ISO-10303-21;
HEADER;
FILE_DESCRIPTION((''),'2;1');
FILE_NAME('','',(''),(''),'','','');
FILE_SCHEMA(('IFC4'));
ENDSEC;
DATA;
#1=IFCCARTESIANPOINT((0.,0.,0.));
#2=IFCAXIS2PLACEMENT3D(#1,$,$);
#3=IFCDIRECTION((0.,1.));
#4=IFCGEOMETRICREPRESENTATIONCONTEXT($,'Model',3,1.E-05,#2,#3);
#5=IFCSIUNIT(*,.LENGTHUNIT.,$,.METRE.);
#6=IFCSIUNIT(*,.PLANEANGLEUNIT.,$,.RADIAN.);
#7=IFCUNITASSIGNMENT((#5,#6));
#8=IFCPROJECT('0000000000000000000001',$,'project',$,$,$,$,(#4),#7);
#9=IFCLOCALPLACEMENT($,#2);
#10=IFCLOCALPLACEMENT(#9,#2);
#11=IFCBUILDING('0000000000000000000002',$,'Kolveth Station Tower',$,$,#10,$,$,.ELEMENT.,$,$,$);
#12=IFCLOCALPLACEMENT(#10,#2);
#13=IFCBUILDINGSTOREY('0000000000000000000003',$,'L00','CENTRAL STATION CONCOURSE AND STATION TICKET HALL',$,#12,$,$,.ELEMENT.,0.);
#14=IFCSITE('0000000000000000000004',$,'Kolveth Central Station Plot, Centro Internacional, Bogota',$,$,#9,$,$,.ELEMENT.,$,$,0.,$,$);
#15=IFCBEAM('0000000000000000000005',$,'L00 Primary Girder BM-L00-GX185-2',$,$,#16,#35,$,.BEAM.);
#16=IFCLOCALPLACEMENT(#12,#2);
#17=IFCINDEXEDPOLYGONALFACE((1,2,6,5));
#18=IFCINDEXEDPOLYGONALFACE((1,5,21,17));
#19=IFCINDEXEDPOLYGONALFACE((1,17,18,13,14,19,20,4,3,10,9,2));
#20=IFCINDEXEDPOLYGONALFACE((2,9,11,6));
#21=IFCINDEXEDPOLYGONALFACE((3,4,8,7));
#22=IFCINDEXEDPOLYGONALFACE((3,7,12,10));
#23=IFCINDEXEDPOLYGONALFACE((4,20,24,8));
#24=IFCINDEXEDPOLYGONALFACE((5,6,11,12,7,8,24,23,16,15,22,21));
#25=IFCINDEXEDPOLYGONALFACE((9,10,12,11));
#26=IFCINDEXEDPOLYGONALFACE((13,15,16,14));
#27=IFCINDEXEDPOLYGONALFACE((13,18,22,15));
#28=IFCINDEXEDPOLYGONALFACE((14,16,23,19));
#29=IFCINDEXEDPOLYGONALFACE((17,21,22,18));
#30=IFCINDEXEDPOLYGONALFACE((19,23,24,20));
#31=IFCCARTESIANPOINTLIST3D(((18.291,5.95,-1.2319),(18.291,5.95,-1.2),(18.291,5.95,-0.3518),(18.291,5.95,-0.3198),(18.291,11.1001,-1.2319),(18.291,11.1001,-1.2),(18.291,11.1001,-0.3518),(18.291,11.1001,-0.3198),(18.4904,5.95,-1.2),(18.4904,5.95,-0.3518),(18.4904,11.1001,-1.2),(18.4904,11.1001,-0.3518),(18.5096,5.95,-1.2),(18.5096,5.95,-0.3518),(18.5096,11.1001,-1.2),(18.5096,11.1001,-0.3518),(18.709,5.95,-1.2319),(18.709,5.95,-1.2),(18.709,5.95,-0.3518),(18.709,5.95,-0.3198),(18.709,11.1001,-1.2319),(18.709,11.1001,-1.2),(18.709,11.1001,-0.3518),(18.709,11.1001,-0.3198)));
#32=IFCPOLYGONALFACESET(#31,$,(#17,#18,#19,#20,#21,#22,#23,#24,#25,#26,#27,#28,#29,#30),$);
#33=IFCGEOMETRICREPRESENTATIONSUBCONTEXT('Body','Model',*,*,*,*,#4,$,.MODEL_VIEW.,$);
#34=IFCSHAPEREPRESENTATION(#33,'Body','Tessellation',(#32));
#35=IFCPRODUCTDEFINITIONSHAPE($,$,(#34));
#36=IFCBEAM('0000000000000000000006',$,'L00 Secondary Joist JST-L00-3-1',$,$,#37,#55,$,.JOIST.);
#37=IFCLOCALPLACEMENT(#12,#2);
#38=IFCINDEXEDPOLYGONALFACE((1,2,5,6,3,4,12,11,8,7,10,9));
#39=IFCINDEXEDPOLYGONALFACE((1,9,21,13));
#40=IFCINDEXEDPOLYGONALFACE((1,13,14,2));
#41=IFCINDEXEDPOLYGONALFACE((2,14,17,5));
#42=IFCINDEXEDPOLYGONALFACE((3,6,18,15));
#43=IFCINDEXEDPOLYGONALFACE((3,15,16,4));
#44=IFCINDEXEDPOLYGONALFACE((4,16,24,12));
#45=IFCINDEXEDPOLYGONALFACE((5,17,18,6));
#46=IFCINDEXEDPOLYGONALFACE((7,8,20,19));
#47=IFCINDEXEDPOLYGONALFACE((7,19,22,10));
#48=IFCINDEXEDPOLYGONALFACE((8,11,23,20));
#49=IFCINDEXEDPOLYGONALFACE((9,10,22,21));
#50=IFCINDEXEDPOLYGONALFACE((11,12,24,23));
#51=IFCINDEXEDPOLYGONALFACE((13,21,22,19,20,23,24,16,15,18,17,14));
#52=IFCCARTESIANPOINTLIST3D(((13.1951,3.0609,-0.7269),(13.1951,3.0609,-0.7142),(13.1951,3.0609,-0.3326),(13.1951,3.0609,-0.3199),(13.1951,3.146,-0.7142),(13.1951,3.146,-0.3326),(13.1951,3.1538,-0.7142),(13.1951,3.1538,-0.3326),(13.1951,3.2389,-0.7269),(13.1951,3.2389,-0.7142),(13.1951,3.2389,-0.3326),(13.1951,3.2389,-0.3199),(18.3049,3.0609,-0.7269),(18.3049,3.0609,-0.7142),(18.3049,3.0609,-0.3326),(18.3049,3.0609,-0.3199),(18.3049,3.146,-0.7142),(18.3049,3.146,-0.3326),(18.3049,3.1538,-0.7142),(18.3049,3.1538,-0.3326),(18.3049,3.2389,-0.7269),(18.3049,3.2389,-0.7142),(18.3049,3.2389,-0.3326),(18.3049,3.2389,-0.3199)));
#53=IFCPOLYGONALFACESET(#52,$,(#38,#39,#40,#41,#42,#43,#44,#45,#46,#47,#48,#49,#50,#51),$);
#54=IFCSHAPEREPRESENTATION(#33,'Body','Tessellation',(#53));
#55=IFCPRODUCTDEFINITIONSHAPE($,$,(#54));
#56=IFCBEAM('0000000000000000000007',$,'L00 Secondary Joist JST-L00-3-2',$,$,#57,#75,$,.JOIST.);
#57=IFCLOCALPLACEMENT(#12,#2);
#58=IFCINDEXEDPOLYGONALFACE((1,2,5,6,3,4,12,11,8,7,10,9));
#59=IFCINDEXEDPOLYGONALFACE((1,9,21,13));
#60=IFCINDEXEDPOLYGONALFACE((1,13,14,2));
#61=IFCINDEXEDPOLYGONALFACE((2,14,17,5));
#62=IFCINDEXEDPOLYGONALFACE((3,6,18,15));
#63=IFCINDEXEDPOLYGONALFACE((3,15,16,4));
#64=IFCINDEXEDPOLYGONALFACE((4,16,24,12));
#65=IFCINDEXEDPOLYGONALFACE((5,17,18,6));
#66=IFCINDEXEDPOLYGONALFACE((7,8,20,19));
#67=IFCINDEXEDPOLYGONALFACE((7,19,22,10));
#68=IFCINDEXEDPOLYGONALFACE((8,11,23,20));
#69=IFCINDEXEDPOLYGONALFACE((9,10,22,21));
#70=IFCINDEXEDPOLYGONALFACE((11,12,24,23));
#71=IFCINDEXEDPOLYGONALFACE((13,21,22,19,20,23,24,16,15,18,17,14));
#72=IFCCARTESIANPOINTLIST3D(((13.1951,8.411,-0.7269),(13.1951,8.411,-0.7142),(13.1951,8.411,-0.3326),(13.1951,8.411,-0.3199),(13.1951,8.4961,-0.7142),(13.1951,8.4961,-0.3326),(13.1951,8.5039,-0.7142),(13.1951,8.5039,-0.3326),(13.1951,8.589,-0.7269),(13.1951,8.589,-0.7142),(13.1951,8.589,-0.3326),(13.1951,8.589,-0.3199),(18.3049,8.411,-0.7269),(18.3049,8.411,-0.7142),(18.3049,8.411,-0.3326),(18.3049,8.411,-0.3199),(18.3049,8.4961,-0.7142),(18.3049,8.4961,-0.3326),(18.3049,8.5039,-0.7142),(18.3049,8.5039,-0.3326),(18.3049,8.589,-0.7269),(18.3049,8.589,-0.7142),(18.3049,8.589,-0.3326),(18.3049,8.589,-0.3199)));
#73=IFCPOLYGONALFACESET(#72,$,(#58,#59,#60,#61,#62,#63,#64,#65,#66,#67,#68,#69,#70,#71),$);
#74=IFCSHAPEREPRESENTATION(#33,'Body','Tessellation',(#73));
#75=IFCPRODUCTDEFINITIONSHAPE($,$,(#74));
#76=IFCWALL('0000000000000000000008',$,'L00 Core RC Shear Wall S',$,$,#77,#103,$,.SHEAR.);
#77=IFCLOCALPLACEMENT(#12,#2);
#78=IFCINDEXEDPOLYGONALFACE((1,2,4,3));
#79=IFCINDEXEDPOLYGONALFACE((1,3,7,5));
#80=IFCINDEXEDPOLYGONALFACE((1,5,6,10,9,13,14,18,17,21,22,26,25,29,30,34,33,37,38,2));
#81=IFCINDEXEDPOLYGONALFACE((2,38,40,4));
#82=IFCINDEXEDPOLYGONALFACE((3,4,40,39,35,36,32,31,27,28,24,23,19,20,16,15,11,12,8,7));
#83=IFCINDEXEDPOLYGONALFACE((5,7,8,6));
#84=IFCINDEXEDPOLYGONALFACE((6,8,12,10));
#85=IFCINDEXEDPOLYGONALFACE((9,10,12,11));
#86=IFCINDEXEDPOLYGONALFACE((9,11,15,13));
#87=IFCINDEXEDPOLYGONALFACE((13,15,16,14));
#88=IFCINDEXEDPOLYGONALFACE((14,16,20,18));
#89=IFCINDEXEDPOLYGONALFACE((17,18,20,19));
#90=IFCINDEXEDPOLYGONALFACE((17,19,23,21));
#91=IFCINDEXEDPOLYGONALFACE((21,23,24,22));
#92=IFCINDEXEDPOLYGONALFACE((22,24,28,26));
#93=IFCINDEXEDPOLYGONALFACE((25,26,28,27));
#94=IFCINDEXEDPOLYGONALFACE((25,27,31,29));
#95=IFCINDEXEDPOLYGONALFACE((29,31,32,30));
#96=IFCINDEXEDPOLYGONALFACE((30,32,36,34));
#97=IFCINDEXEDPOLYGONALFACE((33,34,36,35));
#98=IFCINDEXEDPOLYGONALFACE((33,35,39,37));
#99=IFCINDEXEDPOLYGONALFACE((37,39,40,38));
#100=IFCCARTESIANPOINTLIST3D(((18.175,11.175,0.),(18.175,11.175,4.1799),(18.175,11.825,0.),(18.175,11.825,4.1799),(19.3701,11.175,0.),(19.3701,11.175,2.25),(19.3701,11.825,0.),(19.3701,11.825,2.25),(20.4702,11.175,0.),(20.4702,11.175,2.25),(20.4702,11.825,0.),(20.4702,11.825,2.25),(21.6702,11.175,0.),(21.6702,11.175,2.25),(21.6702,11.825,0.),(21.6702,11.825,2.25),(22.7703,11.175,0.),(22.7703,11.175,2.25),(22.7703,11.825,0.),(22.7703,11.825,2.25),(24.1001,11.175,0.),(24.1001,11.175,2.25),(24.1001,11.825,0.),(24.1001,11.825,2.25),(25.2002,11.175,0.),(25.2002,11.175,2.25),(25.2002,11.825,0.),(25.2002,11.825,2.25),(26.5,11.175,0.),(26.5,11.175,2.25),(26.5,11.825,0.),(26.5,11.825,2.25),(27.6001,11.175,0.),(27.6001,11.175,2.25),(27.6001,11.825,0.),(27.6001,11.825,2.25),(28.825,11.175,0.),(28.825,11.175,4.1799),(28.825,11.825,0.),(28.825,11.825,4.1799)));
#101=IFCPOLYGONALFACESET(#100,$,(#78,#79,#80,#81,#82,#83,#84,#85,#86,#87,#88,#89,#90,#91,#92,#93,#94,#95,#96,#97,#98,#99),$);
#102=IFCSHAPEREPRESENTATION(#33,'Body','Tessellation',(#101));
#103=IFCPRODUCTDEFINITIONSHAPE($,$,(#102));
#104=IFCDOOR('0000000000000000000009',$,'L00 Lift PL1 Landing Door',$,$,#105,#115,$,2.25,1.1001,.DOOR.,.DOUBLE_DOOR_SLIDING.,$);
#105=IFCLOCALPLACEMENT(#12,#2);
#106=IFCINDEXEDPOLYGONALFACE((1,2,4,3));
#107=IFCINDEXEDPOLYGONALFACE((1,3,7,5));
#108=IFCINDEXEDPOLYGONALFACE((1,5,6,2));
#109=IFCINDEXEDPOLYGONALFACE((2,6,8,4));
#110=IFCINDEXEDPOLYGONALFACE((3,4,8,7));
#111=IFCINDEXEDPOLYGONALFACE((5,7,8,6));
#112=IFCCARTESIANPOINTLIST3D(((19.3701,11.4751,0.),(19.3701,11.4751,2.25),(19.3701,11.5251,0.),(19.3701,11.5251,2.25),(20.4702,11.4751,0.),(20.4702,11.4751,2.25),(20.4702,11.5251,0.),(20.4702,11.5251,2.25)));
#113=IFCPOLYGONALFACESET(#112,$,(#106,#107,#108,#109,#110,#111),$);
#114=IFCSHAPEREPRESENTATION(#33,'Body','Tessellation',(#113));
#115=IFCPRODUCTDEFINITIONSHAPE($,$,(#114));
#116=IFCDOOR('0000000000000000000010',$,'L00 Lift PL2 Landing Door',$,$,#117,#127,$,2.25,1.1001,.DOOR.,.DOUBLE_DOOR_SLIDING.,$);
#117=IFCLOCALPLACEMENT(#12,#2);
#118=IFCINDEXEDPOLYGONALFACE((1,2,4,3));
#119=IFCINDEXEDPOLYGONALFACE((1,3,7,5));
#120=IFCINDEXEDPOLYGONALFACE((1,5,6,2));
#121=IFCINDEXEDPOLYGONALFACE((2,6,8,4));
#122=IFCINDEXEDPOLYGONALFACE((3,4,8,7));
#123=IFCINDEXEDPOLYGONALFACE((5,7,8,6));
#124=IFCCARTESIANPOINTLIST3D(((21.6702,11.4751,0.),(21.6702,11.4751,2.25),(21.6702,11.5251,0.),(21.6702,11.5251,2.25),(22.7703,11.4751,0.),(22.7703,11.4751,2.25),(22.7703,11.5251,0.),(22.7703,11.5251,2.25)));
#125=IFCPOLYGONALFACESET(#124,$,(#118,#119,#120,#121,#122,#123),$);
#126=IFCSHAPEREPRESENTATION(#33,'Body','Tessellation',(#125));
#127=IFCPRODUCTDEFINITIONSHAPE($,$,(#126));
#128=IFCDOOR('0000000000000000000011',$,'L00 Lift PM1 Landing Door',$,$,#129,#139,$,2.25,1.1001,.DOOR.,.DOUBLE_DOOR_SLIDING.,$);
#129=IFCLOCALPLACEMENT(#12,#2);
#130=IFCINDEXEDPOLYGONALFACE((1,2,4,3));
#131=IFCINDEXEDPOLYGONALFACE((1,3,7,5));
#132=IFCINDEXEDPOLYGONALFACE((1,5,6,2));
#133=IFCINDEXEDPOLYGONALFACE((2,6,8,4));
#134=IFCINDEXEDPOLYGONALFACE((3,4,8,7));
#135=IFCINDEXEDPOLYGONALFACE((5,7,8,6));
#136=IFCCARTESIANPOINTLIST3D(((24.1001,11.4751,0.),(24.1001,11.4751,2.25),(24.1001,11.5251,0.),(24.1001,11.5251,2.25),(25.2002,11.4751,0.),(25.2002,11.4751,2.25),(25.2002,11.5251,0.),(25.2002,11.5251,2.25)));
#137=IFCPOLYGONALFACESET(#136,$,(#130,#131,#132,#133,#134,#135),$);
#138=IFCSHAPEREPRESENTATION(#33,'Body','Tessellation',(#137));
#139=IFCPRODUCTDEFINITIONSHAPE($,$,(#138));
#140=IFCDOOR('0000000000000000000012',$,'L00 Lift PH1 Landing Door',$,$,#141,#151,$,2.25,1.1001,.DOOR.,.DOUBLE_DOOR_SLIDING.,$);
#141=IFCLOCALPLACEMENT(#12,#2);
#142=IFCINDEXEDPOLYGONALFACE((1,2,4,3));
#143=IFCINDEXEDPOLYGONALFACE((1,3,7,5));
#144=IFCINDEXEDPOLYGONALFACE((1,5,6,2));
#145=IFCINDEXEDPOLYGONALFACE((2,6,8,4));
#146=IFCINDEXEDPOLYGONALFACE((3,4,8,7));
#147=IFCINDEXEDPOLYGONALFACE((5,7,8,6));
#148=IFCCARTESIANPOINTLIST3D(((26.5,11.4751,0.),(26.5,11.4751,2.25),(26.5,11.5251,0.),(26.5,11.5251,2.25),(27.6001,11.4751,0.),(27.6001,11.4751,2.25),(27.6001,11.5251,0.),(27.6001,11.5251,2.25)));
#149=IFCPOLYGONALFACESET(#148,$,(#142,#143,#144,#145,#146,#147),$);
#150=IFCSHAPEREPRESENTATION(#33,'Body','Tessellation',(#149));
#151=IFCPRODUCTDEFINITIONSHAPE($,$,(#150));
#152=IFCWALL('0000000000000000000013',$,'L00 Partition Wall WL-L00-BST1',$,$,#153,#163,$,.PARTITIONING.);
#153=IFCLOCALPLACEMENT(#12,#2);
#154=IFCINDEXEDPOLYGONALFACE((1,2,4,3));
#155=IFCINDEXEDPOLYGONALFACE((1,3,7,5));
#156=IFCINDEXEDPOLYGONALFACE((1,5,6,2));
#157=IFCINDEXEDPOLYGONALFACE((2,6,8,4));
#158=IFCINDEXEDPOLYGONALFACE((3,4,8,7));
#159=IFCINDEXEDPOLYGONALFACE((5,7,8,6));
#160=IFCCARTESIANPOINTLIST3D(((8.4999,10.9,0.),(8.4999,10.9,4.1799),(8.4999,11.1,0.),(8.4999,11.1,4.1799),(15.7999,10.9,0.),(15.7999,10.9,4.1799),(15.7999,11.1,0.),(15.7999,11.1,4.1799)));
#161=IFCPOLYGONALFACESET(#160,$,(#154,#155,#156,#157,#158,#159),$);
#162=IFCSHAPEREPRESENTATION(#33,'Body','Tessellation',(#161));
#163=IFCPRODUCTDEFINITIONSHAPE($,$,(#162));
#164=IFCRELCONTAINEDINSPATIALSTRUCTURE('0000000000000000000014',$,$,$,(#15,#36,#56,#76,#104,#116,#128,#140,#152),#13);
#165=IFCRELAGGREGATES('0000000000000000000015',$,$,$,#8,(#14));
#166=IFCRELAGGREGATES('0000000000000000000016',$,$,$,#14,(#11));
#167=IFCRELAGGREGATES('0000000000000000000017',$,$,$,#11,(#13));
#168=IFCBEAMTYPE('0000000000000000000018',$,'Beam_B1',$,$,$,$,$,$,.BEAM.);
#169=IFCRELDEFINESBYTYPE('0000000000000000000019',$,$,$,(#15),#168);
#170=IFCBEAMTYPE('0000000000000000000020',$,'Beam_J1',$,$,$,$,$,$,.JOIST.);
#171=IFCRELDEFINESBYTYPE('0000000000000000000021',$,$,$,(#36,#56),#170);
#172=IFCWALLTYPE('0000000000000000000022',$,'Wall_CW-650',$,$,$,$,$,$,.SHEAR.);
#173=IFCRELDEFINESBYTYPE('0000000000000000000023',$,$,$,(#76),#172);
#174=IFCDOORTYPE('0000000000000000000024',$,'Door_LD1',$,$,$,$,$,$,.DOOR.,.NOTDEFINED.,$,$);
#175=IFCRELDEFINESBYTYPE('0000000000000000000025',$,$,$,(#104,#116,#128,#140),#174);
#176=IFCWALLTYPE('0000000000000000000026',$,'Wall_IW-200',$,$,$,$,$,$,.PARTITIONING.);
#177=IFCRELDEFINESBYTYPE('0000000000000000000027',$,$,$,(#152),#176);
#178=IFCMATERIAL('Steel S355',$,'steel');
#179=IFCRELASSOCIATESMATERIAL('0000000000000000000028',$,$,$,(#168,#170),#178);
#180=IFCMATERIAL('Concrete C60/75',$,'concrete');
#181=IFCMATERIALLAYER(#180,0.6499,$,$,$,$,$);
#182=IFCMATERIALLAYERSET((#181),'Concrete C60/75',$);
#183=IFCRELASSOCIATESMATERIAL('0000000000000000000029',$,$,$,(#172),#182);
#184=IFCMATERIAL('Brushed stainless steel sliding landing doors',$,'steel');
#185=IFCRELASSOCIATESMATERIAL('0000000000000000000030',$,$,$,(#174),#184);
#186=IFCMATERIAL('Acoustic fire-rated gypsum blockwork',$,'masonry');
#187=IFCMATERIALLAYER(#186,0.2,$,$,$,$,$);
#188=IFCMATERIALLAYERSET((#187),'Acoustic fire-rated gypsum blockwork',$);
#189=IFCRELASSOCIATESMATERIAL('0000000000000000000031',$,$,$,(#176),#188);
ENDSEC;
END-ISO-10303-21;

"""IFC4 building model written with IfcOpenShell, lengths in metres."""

from ifc_helpers import new_model, si_unit, direction, frame, frame_2d, origin, origin_2d, place, context, subcontext, project, spatial, rectangle, i_section, extrude, source, transform, mapped, material, layer, layer_set, material_profile, profile_set, type_object, element, fill, save


model = new_model("IFC4")

# Units and contexts
model_context = context("Model", 3, precision=1e-05, world=origin(), true_north=direction((0.0, 1.0)))
body_context = subcontext(model_context, "Body", "Model", "MODEL_VIEW")
ifc_project = project(units=[si_unit("LENGTHUNIT", "METRE"), si_unit("PLANEANGLEUNIT", "RADIAN")], contexts=[model_context])

# Site, building, storey
site_placement = place(None, origin())
site = spatial("IfcSite", under=ifc_project, at=site_placement, Name="Kolveth Central Station Plot, Centro Internacional, Bogota", CompositionType="ELEMENT", RefElevation=0.0)
building_placement = place(site_placement, origin())
building = spatial("IfcBuilding", under=site, at=building_placement, Name="Kolveth Station Tower", CompositionType="ELEMENT")
storey_placement = place(building_placement, origin())
storey = spatial("IfcBuildingStorey", under=building, at=storey_placement, Name="L00", Description="CENTRAL STATION CONCOURSE AND STATION TICKET HALL", CompositionType="ELEMENT", Elevation=0.0)

# Beams
ifc_material_1 = material(Name="Steel S355", Category="steel")
ifc_material_profile_1 = material_profile(ifc_material_1, i_section(OverallWidth=0.418, OverallDepth=0.9121, WebThickness=0.0193, FlangeThickness=0.032, at=origin_2d()), Name="W920x342")
ifc_profile_set_1 = profile_set([ifc_material_profile_1], Name="Steel S355")
beam_type_1 = type_object("IfcBeamType", Name="Beam_B1", PredefinedType="BEAM", material=ifc_profile_set_1)
shared_shape_1 = source(origin(), body_context, "Body", "SweptSolid", [
    extrude(i_section(OverallWidth=0.418, OverallDepth=0.9121, WebThickness=0.0193, FlangeThickness=0.032, at=origin_2d()), origin(), (0.0, 0.0, 1.0), 5.1501),
])
beam_1_placement = place(storey_placement, frame((18.5, 5.95, -0.7759), z_axis=(0.0, 1.0, 0.0), x_axis=(-1.0, 0.0, 0.0)))
element("IfcBeam", 1, at=beam_1_placement, inside=storey, type_object=beam_type_1, Name="L00 Primary Girder BM-L00-GX185-2", PredefinedType="BEAM", context=body_context, shape_type="MappedRepresentation", body=[
    mapped(shared_shape_1, transform((0.0, 0.0, 0.0), x_axis=(1.0, 0.0, 0.0), y_axis=(0.0, 1.0, 0.0), z_axis=(0.0, 0.0, 1.0), scale=1.0)),
])
ifc_material_profile_2 = material_profile(ifc_material_1, i_section(OverallWidth=0.178, OverallDepth=0.407, WebThickness=0.0078, FlangeThickness=0.0127, at=origin_2d()), Name="W410x60")
ifc_profile_set_2 = profile_set([ifc_material_profile_2], Name="Steel S355")
beam_type_2 = type_object("IfcBeamType", Name="Beam_J1", PredefinedType="JOIST", material=ifc_profile_set_2)
shared_shape_2 = source(origin(), body_context, "Body", "SweptSolid", [
    extrude(i_section(OverallWidth=0.178, OverallDepth=0.407, WebThickness=0.0078, FlangeThickness=0.0127, at=origin_2d()), origin(), (0.0, 0.0, 1.0), 5.1099),
])
for number, where, z_axis, x_axis, name in (
    (2, (13.1951, 3.1499, -0.5234), (1.0, 0.0, 0.0), (0.0, 1.0, 0.0), "L00 Secondary Joist JST-L00-3-1"),
    (3, (13.1951, 8.5, -0.5234), (1.0, 0.0, 0.0), (0.0, 1.0, 0.0), "L00 Secondary Joist JST-L00-3-2"),
):
    element("IfcBeam", number, at=place(storey_placement, frame(where, z_axis=z_axis, x_axis=x_axis)), inside=storey, type_object=beam_type_2, Name=name, PredefinedType="JOIST", context=body_context, shape_type="MappedRepresentation", body=[
        mapped(shared_shape_2, transform((0.0, 0.0, 0.0), x_axis=(1.0, 0.0, 0.0), y_axis=(0.0, 1.0, 0.0), z_axis=(0.0, 0.0, 1.0), scale=1.0)),
    ])

# Wall, openings, doors
ifc_material_2 = material(Name="Concrete C60/75", Category="concrete")
ifc_layer_1 = layer(ifc_material_2, 0.6499)
ifc_layer_set_1 = layer_set([ifc_layer_1], Name="Concrete C60/75")
wall_type_1 = type_object("IfcWallType", Name="Wall_CW-650", PredefinedType="SHEAR", material=ifc_layer_set_1)
wall_1_placement = place(storey_placement, frame((18.175, 11.5, 0.0), z_axis=(0.0, 0.0, 1.0), x_axis=(1.0, 0.0, 0.0)))
wall_1 = element("IfcWall", 4, at=wall_1_placement, inside=storey, type_object=wall_type_1, Name="L00 Core RC Shear Wall S", PredefinedType="SHEAR", context=body_context, shape_type="SweptSolid", body=[
    extrude(rectangle(XDim=10.6499, YDim=0.6499, at=frame_2d((5.325, 0.0))), origin(), (0.0, 0.0, 1.0), 4.1799),
])
opening_1_placement = place(wall_1_placement, frame((1.1951, 0.0, 0.0)))
opening_1 = element("IfcOpeningElement", 5, at=opening_1_placement, cuts=wall_1, PredefinedType="OPENING", context=body_context, shape_type="SweptSolid", body=[
    extrude(rectangle(XDim=1.1001, YDim=2.25, at=frame_2d((0.55, 1.125))), frame((0.0, 0.335, 0.0), z_axis=(0.0, -1.0, 0.0), x_axis=(1.0, 0.0, 0.0)), (0.0, 0.0, 1.0), 0.6699),
])
opening_2_placement = place(wall_1_placement, frame((3.4951, 0.0, 0.0)))
opening_2 = element("IfcOpeningElement", 6, at=opening_2_placement, cuts=wall_1, PredefinedType="OPENING", context=body_context, shape_type="SweptSolid", body=[
    extrude(rectangle(XDim=1.1001, YDim=2.25, at=frame_2d((0.55, 1.125))), frame((0.0, 0.335, 0.0), z_axis=(0.0, -1.0, 0.0), x_axis=(1.0, 0.0, 0.0)), (0.0, 0.0, 1.0), 0.6699),
])
opening_3_placement = place(wall_1_placement, frame((5.925, 0.0, 0.0)))
opening_3 = element("IfcOpeningElement", 7, at=opening_3_placement, cuts=wall_1, PredefinedType="OPENING", context=body_context, shape_type="SweptSolid", body=[
    extrude(rectangle(XDim=1.1001, YDim=2.25, at=frame_2d((0.55, 1.125))), frame((0.0, 0.335, 0.0), z_axis=(0.0, -1.0, 0.0), x_axis=(1.0, 0.0, 0.0)), (0.0, 0.0, 1.0), 0.6699),
])
opening_4_placement = place(wall_1_placement, frame((8.325, 0.0, 0.0)))
opening_4 = element("IfcOpeningElement", 8, at=opening_4_placement, cuts=wall_1, PredefinedType="OPENING", context=body_context, shape_type="SweptSolid", body=[
    extrude(rectangle(XDim=1.1001, YDim=2.25, at=frame_2d((0.55, 1.125))), frame((0.0, 0.335, 0.0), z_axis=(0.0, -1.0, 0.0), x_axis=(1.0, 0.0, 0.0)), (0.0, 0.0, 1.0), 0.6699),
])
ifc_material_3 = material(Name="Brushed stainless steel sliding landing doors", Category="steel")
door_type_1 = type_object("IfcDoorType", Name="Door_LD1", OperationType="NOTDEFINED", PredefinedType="DOOR", material=ifc_material_3)
door_1_placement = place(opening_1_placement, frame((1.1001, 0.0, 0.0), z_axis=(0.0, 0.0, 1.0), x_axis=(-1.0, 0.0, 0.0)))
door_1 = element("IfcDoor", 9, at=door_1_placement, inside=storey, type_object=door_type_1, Name="L00 Lift PL1 Landing Door", OperationType="DOUBLE_DOOR_SLIDING", OverallHeight=2.25, OverallWidth=1.1001, PredefinedType="DOOR", context=body_context, shape_type="SweptSolid", body=[
    extrude(rectangle(XDim=1.1001, YDim=2.25, at=frame_2d((0.55, 1.125))), frame((0.0, 0.0249, 0.0), z_axis=(0.0, -1.0, 0.0), x_axis=(1.0, 0.0, 0.0)), (0.0, 0.0, 1.0), 0.05),
])
fill(opening_1, door_1)
door_2_placement = place(opening_2_placement, frame((1.1001, 0.0, 0.0), z_axis=(0.0, 0.0, 1.0), x_axis=(-1.0, 0.0, 0.0)))
door_2 = element("IfcDoor", 10, at=door_2_placement, inside=storey, type_object=door_type_1, Name="L00 Lift PL2 Landing Door", OperationType="DOUBLE_DOOR_SLIDING", OverallHeight=2.25, OverallWidth=1.1001, PredefinedType="DOOR", context=body_context, shape_type="SweptSolid", body=[
    extrude(rectangle(XDim=1.1001, YDim=2.25, at=frame_2d((0.55, 1.125))), frame((0.0, 0.0249, 0.0), z_axis=(0.0, -1.0, 0.0), x_axis=(1.0, 0.0, 0.0)), (0.0, 0.0, 1.0), 0.05),
])
fill(opening_2, door_2)
door_3_placement = place(opening_3_placement, frame((1.1001, 0.0, 0.0), z_axis=(0.0, 0.0, 1.0), x_axis=(-1.0, 0.0, 0.0)))
door_3 = element("IfcDoor", 11, at=door_3_placement, inside=storey, type_object=door_type_1, Name="L00 Lift PM1 Landing Door", OperationType="DOUBLE_DOOR_SLIDING", OverallHeight=2.25, OverallWidth=1.1001, PredefinedType="DOOR", context=body_context, shape_type="SweptSolid", body=[
    extrude(rectangle(XDim=1.1001, YDim=2.25, at=frame_2d((0.55, 1.125))), frame((0.0, 0.0249, 0.0), z_axis=(0.0, -1.0, 0.0), x_axis=(1.0, 0.0, 0.0)), (0.0, 0.0, 1.0), 0.05),
])
fill(opening_3, door_3)
door_4_placement = place(opening_4_placement, frame((1.1001, 0.0, 0.0), z_axis=(0.0, 0.0, 1.0), x_axis=(-1.0, 0.0, 0.0)))
door_4 = element("IfcDoor", 12, at=door_4_placement, inside=storey, type_object=door_type_1, Name="L00 Lift PH1 Landing Door", OperationType="DOUBLE_DOOR_SLIDING", OverallHeight=2.25, OverallWidth=1.1001, PredefinedType="DOOR", context=body_context, shape_type="SweptSolid", body=[
    extrude(rectangle(XDim=1.1001, YDim=2.25, at=frame_2d((0.55, 1.125))), frame((0.0, 0.0249, 0.0), z_axis=(0.0, -1.0, 0.0), x_axis=(1.0, 0.0, 0.0)), (0.0, 0.0, 1.0), 0.05),
])
fill(opening_4, door_4)

# Wall
ifc_material_4 = material(Name="Acoustic fire-rated gypsum blockwork", Category="masonry")
ifc_layer_2 = layer(ifc_material_4, 0.2)
ifc_layer_set_2 = layer_set([ifc_layer_2], Name="Acoustic fire-rated gypsum blockwork")
wall_type_2 = type_object("IfcWallType", Name="Wall_IW-200", PredefinedType="PARTITIONING", material=ifc_layer_set_2)
wall_2_placement = place(storey_placement, frame((8.5, 11.0, 0.0), z_axis=(0.0, 0.0, 1.0), x_axis=(1.0, 0.0, 0.0)))
element("IfcWall", 13, at=wall_2_placement, inside=storey, type_object=wall_type_2, Name="L00 Partition Wall WL-L00-BST1", PredefinedType="PARTITIONING", context=body_context, shape_type="SweptSolid", body=[
    extrude(rectangle(XDim=7.3, YDim=0.2, at=frame_2d((3.6499, 0.0))), origin(), (0.0, 0.0, 1.0), 4.1799),
])

save(model, "model.ifc")
